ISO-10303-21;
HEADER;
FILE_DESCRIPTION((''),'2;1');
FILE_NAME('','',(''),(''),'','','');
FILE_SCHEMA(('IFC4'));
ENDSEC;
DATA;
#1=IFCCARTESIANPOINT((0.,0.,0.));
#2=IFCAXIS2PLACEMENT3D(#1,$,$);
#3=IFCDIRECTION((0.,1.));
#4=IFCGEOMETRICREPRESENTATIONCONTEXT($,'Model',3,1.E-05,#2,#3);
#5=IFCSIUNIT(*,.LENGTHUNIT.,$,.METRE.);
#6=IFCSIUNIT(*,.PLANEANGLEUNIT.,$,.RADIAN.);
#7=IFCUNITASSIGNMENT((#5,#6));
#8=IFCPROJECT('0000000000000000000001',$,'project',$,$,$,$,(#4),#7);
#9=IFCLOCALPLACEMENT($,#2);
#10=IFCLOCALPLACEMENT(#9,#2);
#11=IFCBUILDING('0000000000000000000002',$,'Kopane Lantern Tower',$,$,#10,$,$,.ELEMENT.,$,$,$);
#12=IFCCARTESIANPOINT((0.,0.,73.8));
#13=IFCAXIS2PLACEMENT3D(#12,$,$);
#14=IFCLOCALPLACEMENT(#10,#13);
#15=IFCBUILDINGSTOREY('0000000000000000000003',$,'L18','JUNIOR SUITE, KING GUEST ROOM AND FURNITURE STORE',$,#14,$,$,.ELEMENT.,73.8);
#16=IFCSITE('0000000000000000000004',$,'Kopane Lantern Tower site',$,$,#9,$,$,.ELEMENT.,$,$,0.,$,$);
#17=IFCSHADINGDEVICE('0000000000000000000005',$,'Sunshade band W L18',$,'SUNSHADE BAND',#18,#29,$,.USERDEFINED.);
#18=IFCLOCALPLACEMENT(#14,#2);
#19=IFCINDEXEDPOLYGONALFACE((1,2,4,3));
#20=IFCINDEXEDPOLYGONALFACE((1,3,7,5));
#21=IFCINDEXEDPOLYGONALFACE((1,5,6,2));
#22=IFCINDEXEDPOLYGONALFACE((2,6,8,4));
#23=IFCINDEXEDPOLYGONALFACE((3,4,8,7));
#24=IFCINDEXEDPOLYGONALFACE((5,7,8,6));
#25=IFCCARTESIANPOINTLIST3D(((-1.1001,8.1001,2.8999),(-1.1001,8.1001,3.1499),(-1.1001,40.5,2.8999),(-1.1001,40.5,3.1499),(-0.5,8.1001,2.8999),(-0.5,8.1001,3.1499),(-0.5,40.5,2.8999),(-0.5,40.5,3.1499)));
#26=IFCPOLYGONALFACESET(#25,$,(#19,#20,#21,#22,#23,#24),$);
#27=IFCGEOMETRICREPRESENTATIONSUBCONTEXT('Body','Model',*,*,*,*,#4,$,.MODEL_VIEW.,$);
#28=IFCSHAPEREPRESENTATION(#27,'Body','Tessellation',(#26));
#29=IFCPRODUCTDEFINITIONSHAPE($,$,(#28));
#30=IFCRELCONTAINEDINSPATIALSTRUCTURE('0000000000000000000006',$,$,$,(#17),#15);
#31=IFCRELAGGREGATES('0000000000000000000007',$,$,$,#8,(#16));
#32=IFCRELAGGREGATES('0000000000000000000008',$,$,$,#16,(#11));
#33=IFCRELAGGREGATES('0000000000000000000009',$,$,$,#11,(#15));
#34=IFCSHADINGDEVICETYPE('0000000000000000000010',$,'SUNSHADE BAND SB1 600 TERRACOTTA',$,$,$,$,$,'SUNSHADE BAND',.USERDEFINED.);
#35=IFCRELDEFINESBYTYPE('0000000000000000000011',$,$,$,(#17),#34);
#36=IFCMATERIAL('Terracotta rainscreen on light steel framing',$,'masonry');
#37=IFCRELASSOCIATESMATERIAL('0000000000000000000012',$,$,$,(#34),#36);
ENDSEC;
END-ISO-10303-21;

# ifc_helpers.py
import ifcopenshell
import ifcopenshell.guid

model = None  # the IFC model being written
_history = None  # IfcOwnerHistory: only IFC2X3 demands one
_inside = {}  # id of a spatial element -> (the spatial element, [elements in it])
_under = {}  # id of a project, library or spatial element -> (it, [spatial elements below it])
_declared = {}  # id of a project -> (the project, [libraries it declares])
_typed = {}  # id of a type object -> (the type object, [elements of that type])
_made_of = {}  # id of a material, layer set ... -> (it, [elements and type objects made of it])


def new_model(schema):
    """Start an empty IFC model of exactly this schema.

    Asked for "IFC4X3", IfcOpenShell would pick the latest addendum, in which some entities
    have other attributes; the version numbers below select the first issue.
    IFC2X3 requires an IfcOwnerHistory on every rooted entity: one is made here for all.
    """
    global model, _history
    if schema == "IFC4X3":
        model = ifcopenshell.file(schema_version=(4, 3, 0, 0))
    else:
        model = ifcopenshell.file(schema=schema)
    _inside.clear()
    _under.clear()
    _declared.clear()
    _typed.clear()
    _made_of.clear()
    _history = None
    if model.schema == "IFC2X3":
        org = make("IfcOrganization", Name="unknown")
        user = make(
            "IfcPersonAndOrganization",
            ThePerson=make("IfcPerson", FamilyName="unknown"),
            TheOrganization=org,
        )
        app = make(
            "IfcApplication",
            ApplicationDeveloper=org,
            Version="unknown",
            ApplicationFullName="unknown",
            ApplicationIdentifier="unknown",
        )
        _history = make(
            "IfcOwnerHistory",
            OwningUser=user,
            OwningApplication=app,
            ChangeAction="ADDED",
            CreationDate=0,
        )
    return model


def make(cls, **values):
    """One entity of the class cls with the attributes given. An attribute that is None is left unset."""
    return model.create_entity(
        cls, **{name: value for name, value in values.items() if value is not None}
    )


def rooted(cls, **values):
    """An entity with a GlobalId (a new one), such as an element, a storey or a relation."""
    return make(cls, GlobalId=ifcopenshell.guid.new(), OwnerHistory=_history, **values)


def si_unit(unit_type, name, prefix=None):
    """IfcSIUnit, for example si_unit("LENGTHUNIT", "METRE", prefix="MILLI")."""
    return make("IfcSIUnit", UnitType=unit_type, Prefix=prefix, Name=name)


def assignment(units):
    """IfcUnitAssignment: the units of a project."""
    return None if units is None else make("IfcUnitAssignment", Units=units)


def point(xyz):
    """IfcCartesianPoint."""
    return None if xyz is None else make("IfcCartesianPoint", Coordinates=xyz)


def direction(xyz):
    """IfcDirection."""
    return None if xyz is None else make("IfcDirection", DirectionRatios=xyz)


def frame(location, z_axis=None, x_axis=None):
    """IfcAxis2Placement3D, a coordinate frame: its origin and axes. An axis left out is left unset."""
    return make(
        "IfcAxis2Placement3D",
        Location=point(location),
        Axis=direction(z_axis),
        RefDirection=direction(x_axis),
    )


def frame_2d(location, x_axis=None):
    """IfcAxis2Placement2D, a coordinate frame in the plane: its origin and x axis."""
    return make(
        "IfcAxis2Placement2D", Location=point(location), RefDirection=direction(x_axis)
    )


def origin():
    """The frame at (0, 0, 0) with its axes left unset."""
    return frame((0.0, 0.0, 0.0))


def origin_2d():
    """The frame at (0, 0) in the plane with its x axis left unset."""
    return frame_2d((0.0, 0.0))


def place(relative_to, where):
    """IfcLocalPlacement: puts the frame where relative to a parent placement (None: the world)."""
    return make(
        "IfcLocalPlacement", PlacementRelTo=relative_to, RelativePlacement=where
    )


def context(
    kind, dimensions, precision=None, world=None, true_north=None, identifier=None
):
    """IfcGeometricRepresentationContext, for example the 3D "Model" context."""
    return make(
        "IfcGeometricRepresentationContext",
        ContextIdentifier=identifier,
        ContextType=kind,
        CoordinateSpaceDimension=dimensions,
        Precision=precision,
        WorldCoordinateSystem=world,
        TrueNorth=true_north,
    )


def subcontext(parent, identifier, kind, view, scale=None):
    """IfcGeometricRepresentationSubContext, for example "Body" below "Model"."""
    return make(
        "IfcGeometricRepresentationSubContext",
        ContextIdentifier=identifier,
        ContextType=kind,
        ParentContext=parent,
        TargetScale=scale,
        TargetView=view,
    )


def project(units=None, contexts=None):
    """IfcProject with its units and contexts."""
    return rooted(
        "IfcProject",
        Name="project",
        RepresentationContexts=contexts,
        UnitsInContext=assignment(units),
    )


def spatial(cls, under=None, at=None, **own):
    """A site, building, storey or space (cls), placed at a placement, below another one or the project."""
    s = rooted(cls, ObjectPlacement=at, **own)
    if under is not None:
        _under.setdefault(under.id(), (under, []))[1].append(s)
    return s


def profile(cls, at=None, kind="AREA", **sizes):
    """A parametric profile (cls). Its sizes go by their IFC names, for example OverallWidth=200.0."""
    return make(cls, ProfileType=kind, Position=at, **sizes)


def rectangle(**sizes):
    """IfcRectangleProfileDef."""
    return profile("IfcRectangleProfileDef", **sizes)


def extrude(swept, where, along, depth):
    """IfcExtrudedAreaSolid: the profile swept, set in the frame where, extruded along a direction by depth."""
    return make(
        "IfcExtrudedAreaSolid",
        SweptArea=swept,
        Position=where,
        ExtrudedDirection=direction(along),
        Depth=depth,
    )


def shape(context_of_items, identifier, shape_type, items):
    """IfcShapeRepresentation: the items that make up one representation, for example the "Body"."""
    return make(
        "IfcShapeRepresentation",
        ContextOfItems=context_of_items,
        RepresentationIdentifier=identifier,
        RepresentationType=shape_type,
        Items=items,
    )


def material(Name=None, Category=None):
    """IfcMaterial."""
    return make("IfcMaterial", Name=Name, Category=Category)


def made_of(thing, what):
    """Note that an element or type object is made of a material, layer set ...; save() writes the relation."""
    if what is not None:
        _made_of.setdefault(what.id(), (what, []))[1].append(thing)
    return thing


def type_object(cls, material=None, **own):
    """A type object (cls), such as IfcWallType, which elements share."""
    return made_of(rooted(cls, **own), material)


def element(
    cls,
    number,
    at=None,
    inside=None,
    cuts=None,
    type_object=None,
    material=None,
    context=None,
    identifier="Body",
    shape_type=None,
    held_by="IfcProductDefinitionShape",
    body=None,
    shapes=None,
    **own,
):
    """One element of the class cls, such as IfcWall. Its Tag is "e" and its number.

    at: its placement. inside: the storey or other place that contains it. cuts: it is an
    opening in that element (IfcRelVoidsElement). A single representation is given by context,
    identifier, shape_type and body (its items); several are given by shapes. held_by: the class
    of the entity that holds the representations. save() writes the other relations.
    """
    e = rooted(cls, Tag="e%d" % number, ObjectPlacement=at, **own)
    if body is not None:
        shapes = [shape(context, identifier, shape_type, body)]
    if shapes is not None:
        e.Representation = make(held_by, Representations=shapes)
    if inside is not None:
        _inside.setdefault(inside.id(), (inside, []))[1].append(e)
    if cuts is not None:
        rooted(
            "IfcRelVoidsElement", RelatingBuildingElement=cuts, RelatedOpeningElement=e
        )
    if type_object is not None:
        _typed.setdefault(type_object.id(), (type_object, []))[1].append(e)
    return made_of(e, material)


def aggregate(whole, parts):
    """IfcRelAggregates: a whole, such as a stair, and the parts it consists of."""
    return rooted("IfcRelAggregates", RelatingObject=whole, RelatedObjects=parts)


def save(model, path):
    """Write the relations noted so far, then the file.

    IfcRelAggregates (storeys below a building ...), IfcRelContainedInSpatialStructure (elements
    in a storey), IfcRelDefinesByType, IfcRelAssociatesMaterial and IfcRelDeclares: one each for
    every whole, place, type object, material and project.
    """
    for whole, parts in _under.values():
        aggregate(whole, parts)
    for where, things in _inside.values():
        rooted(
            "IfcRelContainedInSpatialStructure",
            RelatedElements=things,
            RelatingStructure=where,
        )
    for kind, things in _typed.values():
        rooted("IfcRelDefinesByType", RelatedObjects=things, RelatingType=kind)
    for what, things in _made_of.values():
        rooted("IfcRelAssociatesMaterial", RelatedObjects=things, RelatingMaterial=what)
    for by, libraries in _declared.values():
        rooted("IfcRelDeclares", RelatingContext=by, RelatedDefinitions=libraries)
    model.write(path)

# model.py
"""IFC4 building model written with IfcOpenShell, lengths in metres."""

from ifc_helpers import new_model, si_unit, direction, frame, origin, origin_2d, place, context, subcontext, project, spatial, rectangle, extrude, material, type_object, element, save


model = new_model("IFC4")

# Units and contexts
model_context = context("Model", 3, precision=1e-05, world=origin(), true_north=direction((0.0, 1.0)))
body_context = subcontext(model_context, "Body", "Model", "MODEL_VIEW")
ifc_project = project(units=[si_unit("LENGTHUNIT", "METRE"), si_unit("PLANEANGLEUNIT", "RADIAN")], contexts=[model_context])

# Site, building, storey
site_placement = place(None, origin())
site = spatial("IfcSite", under=ifc_project, at=site_placement, Name="Kopane Lantern Tower site", CompositionType="ELEMENT", RefElevation=0.0)
building_placement = place(site_placement, origin())
building = spatial("IfcBuilding", under=site, at=building_placement, Name="Kopane Lantern Tower", CompositionType="ELEMENT")
storey_placement = place(building_placement, frame((0.0, 0.0, 73.8)))
storey = spatial("IfcBuildingStorey", under=building, at=storey_placement, Name="L18", Description="JUNIOR SUITE, KING GUEST ROOM AND FURNITURE STORE", CompositionType="ELEMENT", Elevation=73.8)

# Shading device
ifc_material_1 = material(Name="Terracotta rainscreen on light steel framing", Category="masonry")
shading_device_type = type_object("IfcShadingDeviceType", Name="SUNSHADE BAND SB1 600 TERRACOTTA", ElementType="SUNSHADE BAND", PredefinedType="USERDEFINED", material=ifc_material_1)
shading_device_placement = place(storey_placement, frame((-0.8, 24.3, 2.8999), z_axis=(0.0, 0.0, 1.0), x_axis=(0.0, -1.0, 0.0)))
element("IfcShadingDevice", 1, at=shading_device_placement, inside=storey, type_object=shading_device_type, Name="Sunshade band W L18", ObjectType="SUNSHADE BAND", PredefinedType="USERDEFINED", context=body_context, shape_type="SweptSolid", body=[
    extrude(rectangle(XDim=32.3999, YDim=0.6001, at=origin_2d()), origin(), (0.0, 0.0, 1.0), 0.25),
])

save(model, "model.ifc")
